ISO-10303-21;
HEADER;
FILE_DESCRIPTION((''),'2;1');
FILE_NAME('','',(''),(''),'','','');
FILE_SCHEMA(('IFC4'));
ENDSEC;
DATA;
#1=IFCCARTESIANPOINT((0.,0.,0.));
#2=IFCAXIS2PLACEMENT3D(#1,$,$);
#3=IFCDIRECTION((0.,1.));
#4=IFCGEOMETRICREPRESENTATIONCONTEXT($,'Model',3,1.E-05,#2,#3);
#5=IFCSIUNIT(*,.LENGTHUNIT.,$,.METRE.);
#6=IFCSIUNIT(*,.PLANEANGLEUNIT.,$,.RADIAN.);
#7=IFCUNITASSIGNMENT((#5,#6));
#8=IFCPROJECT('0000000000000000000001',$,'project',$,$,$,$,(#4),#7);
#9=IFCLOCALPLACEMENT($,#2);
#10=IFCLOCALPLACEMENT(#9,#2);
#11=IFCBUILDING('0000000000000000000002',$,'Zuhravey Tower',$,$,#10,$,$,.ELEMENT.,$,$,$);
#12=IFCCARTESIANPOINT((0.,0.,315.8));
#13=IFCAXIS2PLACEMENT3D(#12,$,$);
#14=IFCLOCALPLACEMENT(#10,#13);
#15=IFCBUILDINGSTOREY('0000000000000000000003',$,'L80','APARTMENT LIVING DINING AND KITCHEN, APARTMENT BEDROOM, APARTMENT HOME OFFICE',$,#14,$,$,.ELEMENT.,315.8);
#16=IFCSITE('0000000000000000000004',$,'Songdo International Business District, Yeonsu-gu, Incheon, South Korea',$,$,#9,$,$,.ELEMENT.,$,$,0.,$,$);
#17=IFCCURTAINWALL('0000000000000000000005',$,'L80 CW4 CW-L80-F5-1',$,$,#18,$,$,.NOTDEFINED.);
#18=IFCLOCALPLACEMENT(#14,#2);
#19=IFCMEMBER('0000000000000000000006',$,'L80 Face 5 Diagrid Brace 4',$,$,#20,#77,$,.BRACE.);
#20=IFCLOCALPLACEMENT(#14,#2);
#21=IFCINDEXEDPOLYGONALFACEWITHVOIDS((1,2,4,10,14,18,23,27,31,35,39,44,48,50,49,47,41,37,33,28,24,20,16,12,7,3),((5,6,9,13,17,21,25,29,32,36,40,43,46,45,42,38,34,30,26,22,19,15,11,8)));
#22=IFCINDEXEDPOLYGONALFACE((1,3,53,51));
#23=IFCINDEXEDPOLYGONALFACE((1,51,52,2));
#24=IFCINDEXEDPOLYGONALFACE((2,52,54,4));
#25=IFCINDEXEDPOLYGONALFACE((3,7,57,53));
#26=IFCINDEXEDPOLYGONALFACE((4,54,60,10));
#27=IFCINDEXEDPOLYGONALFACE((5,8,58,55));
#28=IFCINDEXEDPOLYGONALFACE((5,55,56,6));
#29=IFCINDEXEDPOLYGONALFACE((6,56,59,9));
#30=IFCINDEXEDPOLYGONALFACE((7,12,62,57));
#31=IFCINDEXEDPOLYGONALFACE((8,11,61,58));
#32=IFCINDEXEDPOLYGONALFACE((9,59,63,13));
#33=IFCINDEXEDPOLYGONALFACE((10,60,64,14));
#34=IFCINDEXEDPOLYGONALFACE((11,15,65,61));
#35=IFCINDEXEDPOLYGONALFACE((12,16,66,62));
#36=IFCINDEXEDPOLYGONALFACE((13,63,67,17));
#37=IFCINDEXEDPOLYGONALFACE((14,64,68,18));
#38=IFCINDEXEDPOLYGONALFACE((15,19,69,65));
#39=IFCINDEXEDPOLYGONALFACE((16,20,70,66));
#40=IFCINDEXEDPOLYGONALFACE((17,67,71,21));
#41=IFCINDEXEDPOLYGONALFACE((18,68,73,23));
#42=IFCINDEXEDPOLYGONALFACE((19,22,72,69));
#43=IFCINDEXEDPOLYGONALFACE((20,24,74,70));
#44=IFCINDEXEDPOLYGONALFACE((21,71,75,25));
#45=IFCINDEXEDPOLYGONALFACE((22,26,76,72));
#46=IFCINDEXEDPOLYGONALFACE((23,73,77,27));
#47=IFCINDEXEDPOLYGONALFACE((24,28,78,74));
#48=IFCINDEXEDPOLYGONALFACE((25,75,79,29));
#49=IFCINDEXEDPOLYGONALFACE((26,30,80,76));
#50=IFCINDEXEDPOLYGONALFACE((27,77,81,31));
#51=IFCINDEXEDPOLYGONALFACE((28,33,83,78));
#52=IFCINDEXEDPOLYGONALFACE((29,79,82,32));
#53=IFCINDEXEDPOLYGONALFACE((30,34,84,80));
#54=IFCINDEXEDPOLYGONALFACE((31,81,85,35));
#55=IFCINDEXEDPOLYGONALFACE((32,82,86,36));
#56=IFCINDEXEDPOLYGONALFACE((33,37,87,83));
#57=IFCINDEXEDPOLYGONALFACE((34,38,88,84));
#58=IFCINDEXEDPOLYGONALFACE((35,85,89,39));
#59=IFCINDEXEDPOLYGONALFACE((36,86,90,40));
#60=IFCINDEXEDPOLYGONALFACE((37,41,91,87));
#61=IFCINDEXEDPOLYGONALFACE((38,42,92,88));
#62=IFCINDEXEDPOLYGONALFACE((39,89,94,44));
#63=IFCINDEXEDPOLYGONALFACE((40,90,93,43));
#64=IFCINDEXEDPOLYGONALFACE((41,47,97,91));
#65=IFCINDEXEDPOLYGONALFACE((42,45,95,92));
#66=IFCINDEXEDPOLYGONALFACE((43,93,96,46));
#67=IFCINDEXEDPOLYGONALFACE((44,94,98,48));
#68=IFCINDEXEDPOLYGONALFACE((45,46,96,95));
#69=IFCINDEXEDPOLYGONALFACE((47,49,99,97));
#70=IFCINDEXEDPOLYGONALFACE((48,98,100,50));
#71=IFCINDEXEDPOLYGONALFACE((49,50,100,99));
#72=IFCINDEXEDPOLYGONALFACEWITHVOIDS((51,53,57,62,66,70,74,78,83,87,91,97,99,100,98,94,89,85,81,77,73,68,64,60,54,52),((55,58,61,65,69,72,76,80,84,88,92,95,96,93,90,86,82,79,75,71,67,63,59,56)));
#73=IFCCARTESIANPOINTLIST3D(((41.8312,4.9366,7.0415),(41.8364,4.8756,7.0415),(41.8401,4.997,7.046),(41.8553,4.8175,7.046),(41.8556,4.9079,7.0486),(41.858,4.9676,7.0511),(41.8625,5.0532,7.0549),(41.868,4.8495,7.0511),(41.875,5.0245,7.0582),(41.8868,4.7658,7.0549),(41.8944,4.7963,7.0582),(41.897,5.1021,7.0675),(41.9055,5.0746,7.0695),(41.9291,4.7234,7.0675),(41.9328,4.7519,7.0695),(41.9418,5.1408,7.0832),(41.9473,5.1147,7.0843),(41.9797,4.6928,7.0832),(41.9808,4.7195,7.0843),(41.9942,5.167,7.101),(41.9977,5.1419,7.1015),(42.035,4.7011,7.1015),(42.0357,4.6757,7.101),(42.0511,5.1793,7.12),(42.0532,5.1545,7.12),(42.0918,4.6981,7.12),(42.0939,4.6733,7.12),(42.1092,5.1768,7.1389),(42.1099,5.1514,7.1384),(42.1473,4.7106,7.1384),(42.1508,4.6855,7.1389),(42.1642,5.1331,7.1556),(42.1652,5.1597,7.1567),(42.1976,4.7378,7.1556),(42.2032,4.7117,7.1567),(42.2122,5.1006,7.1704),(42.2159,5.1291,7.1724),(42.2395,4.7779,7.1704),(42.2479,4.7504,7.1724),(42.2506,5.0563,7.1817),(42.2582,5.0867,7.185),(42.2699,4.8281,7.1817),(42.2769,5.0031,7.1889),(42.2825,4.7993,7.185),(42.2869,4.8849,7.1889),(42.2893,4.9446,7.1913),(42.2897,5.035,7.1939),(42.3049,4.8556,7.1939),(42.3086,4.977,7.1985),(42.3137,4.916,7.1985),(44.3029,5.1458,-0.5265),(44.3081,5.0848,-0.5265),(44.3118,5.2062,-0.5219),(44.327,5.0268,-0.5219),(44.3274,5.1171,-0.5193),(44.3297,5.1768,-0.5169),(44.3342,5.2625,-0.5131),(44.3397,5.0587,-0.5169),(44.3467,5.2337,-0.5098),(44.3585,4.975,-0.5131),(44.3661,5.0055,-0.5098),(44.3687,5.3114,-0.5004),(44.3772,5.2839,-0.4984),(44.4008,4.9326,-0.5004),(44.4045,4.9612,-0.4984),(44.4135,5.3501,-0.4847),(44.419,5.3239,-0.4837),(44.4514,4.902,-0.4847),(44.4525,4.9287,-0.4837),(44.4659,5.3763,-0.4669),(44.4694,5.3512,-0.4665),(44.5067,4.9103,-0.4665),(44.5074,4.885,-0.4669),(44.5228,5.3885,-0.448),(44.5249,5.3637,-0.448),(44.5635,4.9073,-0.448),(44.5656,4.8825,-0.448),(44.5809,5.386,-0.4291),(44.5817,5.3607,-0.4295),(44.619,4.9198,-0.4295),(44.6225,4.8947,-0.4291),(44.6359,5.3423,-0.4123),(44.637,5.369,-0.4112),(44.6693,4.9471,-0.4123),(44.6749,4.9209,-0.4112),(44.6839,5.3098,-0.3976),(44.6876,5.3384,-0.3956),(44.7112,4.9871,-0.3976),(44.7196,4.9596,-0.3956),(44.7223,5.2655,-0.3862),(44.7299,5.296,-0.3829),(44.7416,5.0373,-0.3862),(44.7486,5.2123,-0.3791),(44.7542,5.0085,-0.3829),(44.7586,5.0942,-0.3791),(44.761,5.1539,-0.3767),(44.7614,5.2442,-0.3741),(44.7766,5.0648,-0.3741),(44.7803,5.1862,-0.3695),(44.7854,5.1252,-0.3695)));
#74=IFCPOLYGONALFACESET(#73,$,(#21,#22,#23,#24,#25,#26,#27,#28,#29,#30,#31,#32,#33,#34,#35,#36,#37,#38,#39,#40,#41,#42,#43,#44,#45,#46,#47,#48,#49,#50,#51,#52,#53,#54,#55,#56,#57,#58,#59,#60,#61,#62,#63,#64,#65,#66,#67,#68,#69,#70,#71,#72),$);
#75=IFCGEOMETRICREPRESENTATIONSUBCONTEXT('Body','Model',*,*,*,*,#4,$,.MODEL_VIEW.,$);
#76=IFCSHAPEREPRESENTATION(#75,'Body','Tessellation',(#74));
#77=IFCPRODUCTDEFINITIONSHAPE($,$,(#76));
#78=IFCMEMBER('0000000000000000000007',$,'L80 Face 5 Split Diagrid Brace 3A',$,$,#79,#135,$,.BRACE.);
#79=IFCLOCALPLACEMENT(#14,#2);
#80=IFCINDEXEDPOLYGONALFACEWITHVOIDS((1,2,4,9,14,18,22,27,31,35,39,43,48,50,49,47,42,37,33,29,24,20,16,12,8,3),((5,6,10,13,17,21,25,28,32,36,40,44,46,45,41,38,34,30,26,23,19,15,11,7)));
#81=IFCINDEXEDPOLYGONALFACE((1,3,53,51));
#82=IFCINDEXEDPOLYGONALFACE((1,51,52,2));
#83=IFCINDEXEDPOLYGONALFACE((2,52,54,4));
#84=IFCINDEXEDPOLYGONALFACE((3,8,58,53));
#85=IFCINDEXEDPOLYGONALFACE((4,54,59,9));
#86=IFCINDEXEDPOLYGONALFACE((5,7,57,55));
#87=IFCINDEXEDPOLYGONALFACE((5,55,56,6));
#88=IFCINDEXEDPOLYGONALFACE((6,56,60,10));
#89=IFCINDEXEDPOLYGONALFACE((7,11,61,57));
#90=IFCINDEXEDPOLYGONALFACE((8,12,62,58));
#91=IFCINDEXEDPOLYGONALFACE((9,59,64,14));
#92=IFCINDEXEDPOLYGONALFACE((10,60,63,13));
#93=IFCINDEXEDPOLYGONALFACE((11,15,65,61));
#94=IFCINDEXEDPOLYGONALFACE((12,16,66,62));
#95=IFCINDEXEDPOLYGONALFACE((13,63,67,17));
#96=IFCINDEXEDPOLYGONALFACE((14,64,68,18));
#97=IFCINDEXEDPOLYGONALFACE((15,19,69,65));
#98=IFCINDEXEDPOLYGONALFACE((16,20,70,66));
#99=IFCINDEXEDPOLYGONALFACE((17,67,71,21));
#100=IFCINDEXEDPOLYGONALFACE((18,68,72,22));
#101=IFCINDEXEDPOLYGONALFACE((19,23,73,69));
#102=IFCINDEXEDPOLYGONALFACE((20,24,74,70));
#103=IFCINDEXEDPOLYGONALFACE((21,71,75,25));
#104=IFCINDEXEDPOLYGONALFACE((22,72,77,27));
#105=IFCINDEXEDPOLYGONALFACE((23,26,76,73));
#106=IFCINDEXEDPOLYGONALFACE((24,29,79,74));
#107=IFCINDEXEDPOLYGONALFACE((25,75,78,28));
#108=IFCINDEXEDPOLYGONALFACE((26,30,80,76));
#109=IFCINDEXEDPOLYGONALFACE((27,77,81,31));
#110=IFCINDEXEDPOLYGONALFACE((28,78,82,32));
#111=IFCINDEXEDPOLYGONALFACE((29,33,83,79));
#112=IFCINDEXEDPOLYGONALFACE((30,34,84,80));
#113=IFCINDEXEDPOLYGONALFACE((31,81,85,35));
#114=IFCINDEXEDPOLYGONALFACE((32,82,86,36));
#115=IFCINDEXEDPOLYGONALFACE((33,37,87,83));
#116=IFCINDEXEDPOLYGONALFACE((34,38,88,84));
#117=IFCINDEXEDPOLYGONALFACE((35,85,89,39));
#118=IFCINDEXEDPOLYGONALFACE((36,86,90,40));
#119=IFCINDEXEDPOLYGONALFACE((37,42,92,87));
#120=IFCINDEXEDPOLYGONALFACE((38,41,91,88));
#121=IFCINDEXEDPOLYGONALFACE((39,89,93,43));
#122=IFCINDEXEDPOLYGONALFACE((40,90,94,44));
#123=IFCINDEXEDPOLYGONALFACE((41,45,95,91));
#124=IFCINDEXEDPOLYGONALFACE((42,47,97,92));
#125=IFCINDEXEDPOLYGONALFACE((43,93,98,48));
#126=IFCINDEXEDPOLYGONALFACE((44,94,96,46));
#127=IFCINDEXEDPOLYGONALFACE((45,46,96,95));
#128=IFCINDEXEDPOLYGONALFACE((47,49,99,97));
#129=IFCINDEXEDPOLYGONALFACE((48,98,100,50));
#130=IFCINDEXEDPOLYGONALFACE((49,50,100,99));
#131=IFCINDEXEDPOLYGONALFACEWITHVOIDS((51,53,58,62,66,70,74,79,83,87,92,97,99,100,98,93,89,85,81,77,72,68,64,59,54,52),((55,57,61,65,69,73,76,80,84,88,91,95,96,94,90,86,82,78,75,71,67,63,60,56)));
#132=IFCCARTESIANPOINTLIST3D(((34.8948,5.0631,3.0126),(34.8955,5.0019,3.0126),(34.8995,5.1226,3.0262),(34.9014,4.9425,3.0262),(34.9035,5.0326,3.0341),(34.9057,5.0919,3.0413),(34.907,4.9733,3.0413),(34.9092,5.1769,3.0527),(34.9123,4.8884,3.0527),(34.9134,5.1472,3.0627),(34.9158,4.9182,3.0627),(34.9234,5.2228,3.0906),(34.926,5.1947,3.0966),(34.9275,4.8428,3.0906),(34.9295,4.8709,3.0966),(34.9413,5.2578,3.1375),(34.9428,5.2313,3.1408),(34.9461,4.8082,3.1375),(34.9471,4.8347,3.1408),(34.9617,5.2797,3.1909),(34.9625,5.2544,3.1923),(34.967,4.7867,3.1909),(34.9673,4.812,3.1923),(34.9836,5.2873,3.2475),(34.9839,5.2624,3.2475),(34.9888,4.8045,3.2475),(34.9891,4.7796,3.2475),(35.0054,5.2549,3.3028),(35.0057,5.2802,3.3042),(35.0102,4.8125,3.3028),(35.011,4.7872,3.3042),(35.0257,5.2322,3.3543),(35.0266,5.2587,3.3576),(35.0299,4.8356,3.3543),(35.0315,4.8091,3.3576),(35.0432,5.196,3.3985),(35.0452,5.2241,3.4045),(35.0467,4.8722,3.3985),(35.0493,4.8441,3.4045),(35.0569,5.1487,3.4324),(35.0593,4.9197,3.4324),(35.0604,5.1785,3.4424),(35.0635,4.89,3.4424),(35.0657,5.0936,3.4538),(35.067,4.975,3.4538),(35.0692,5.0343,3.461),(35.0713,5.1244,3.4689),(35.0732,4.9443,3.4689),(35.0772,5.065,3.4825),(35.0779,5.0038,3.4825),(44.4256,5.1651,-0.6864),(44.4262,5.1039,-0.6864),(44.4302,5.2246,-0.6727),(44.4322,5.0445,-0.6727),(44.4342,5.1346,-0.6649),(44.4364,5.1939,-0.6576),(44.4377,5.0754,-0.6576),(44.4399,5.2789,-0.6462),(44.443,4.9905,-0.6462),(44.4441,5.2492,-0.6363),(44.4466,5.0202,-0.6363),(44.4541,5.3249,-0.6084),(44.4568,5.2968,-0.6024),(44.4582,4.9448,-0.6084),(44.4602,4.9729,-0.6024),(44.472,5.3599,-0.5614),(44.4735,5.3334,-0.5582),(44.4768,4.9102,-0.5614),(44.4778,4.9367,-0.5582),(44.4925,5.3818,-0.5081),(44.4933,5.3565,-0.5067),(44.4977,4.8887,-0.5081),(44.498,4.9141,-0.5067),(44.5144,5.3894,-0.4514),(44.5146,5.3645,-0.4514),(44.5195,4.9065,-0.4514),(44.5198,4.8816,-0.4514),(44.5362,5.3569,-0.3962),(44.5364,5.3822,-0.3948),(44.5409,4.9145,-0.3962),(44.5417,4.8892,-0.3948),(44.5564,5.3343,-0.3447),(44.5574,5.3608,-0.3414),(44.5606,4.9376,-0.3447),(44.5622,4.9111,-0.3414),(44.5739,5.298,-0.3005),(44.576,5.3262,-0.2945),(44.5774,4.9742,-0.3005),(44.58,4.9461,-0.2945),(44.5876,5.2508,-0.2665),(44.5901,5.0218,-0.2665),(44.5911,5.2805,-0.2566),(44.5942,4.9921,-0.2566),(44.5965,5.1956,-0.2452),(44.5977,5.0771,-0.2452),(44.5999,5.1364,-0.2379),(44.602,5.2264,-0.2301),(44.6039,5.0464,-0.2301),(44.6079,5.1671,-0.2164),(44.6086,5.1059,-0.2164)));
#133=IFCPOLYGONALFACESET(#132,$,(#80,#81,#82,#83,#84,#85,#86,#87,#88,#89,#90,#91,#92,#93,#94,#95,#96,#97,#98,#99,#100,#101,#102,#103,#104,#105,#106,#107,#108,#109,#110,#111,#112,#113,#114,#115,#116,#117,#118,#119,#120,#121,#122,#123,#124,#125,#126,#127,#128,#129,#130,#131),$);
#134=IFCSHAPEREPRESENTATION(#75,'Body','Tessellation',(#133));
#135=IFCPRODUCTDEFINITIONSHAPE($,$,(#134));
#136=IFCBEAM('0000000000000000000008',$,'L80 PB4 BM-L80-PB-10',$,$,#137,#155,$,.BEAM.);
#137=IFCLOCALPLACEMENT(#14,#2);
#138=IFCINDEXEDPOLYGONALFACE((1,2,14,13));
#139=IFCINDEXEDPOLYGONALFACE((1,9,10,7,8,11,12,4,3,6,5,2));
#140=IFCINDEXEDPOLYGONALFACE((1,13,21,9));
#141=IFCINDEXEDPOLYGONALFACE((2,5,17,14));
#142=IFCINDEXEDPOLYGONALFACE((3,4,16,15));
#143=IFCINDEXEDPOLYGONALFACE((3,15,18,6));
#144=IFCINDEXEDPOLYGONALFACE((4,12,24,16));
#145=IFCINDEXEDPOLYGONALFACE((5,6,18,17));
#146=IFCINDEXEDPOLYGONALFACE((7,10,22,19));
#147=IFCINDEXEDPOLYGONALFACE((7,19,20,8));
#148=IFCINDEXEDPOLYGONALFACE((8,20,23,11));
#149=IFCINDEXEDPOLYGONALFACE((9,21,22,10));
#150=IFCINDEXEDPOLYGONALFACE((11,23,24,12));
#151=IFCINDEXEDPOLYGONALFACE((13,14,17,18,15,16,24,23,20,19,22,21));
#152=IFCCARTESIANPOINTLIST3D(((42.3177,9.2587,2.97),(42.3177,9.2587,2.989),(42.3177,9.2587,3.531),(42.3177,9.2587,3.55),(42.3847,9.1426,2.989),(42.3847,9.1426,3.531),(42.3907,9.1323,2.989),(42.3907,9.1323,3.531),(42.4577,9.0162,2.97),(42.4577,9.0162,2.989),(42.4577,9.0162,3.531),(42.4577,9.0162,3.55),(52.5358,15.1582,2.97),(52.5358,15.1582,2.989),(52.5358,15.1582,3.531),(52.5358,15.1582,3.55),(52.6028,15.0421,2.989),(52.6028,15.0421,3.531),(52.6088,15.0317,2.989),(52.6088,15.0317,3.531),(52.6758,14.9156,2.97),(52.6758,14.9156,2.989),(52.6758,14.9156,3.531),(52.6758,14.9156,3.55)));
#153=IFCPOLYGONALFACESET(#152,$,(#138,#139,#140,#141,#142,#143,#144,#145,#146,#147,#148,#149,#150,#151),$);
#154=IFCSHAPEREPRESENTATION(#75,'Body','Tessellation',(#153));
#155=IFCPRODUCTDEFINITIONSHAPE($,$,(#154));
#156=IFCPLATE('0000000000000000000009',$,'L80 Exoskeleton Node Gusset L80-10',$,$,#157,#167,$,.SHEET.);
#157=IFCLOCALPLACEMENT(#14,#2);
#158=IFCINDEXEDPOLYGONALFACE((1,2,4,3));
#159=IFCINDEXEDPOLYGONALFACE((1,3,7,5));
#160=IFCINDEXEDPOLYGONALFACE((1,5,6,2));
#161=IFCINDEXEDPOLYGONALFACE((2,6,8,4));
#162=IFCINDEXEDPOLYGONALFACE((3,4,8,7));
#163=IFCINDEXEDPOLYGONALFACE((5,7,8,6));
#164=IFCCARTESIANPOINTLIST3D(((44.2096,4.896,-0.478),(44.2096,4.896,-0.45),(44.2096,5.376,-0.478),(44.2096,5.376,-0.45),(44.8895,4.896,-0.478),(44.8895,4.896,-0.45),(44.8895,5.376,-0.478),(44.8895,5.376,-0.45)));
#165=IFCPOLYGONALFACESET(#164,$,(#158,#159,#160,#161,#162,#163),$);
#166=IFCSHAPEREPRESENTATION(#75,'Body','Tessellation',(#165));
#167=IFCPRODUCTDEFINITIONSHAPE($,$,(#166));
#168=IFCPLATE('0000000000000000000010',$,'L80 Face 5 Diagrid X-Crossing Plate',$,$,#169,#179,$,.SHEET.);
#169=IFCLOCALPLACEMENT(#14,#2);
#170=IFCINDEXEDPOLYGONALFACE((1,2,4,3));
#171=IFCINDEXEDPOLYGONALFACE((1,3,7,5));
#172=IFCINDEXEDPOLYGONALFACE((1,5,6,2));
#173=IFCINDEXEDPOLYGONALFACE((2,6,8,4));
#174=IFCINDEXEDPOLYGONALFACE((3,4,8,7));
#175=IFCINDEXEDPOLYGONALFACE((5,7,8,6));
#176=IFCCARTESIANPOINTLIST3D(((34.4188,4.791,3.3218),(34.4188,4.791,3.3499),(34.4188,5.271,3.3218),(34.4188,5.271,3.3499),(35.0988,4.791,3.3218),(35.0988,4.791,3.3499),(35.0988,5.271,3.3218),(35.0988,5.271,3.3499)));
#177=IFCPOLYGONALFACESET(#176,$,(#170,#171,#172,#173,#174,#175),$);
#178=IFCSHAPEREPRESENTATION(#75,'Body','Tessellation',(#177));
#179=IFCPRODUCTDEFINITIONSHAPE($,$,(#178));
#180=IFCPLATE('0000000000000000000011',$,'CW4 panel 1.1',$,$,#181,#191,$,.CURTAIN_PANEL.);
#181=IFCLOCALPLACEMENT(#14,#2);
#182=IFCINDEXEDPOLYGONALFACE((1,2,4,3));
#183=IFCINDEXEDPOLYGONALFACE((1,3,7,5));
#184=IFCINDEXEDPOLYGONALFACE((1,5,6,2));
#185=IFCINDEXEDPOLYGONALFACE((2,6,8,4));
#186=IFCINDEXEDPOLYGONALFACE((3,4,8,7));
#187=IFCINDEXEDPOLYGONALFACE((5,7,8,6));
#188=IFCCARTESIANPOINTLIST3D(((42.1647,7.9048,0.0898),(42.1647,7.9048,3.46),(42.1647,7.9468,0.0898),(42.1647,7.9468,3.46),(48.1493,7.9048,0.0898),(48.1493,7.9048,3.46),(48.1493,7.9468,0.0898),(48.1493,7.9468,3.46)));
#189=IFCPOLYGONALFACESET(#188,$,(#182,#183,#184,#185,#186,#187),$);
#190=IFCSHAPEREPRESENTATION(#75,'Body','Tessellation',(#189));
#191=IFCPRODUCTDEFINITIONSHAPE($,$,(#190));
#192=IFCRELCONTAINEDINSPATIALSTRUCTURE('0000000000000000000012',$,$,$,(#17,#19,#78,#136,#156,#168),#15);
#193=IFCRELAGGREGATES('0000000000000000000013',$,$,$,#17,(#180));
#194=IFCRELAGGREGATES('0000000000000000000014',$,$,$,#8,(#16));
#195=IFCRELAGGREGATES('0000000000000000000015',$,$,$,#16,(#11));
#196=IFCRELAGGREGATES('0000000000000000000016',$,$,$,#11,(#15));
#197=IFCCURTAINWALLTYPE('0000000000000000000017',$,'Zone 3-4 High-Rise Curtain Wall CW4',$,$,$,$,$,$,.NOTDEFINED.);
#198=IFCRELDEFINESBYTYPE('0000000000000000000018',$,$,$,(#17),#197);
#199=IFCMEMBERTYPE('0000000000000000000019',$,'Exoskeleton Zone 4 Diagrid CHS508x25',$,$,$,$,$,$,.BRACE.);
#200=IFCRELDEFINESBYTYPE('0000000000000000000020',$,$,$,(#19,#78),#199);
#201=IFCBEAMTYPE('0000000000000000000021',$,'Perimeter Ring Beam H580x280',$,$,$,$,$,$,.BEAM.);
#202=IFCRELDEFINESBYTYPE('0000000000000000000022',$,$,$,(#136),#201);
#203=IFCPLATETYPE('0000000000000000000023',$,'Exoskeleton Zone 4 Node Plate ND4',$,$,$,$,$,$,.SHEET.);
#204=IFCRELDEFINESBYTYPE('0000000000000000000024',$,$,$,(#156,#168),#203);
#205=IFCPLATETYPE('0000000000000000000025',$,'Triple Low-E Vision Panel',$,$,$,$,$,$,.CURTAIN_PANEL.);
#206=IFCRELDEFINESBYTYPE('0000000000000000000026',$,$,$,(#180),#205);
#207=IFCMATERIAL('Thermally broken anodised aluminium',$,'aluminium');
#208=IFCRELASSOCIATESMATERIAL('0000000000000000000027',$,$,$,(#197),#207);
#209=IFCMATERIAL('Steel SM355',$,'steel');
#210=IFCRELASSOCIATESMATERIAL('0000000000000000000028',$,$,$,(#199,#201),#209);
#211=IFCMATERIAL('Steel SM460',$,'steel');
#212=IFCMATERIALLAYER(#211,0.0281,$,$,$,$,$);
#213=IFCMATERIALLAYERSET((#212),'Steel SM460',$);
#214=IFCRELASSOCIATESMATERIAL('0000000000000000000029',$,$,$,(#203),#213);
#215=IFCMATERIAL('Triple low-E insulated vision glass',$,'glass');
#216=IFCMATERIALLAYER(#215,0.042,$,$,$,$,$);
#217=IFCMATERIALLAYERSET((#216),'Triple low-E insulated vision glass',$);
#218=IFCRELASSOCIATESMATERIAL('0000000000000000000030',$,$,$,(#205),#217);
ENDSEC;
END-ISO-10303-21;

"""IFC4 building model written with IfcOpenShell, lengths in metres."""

from ifc_helpers import new_model, si_unit, direction, frame, origin, origin_2d, place, context, subcontext, project, spatial, rectangle, hollow_circle, i_section, extrude, material, layer, layer_set, material_profile, profile_set, type_object, element, aggregate, save


model = new_model("IFC4")

# Units and contexts
model_context = context("Model", 3, precision=1e-05, world=origin(), true_north=direction((0.0, 1.0)))
body_context = subcontext(model_context, "Body", "Model", "MODEL_VIEW")
ifc_project = project(units=[si_unit("LENGTHUNIT", "METRE"), si_unit("PLANEANGLEUNIT", "RADIAN")], contexts=[model_context])

# Site, building, storey
site_placement = place(None, origin())
site = spatial("IfcSite", under=ifc_project, at=site_placement, Name="Songdo International Business District, Yeonsu-gu, Incheon, South Korea", CompositionType="ELEMENT", RefElevation=0.0)
building_placement = place(site_placement, origin())
building = spatial("IfcBuilding", under=site, at=building_placement, Name="Zuhravey Tower", CompositionType="ELEMENT")
storey_placement = place(building_placement, frame((0.0, 0.0, 315.8)))
storey = spatial("IfcBuildingStorey", under=building, at=storey_placement, Name="L80", Description="APARTMENT LIVING DINING AND KITCHEN, APARTMENT BEDROOM, APARTMENT HOME OFFICE", CompositionType="ELEMENT", Elevation=315.8)

# Curtain wall
ifc_material_1 = material(Name="Thermally broken anodised aluminium", Category="aluminium")
curtain_wall_type = type_object("IfcCurtainWallType", Name="Zone 3-4 High-Rise Curtain Wall CW4", PredefinedType="NOTDEFINED", material=ifc_material_1)
curtain_wall_placement = place(storey_placement, origin())
curtain_wall = element("IfcCurtainWall", 1, at=curtain_wall_placement, inside=storey, type_object=curtain_wall_type, Name="L80 CW4 CW-L80-F5-1", PredefinedType="NOTDEFINED")

# Members
ifc_material_2 = material(Name="Steel SM355", Category="steel")
ifc_material_profile_1 = material_profile(ifc_material_2, hollow_circle(Radius=0.2539, WallThickness=0.0249, at=origin_2d()), Name="CHS-508.0x25")
ifc_profile_set_1 = profile_set([ifc_material_profile_1], Name="Steel SM355")
member_type_1 = type_object("IfcMemberType", Name="Exoskeleton Zone 4 Diagrid CHS508x25", PredefinedType="BRACE", material=ifc_profile_set_1)
member_1_placement = place(storey_placement, frame((44.5442, 5.1355, -0.448), z_axis=(-0.310356, -0.026272, 0.950257), x_axis=(0.084349, -0.996436, 0.0)))
element("IfcMember", 2, at=member_1_placement, inside=storey, type_object=member_type_1, Name="L80 Face 5 Diagrid Brace 4", PredefinedType="BRACE", context=body_context, shape_type="SweptSolid", body=[
    extrude(hollow_circle(Radius=0.2539, WallThickness=0.0249, at=origin_2d()), origin(), (0.0, 0.0, 1.0), 7.9641),
])
member_2_placement = place(storey_placement, frame((44.5171, 5.1355, -0.4514), z_axis=(-0.932204, -0.009982, 0.361797), x_axis=(0.010707, -0.999943, 0.0)))
element("IfcMember", 3, at=member_2_placement, inside=storey, type_object=member_type_1, Name="L80 Face 5 Split Diagrid Brace 3A", PredefinedType="BRACE", context=body_context, shape_type="SweptSolid", body=[
    extrude(hollow_circle(Radius=0.2539, WallThickness=0.0249, at=origin_2d()), origin(), (0.0, 0.0, 1.0), 10.2239),
])

# Beam
ifc_material_profile_2 = material_profile(ifc_material_2, i_section(OverallWidth=0.28, OverallDepth=0.5801, WebThickness=0.012, FlangeThickness=0.019, at=origin_2d()), Name="H-580x280x12x19")
ifc_profile_set_2 = profile_set([ifc_material_profile_2], Name="Steel SM355")
beam_type = type_object("IfcBeamType", Name="Perimeter Ring Beam H580x280", PredefinedType="BEAM", material=ifc_profile_set_2)
beam_placement = place(storey_placement, frame((42.3877, 9.1375, 3.26), z_axis=(0.866024, 0.500002, 0.0), x_axis=(-0.500002, 0.866024, 0.0)))
element("IfcBeam", 4, at=beam_placement, inside=storey, type_object=beam_type, Name="L80 PB4 BM-L80-PB-10", PredefinedType="BEAM", context=body_context, shape_type="SweptSolid", body=[
    extrude(i_section(OverallWidth=0.28, OverallDepth=0.5801, WebThickness=0.012, FlangeThickness=0.019, at=origin_2d()), origin(), (0.0, 0.0, 1.0), 11.7988),
])

# Plates
ifc_material_3 = material(Name="Steel SM460", Category="steel")
ifc_layer_1 = layer(ifc_material_3, 0.0281)
ifc_layer_set_1 = layer_set([ifc_layer_1], Name="Steel SM460")
plate_type_1 = type_object("IfcPlateType", Name="Exoskeleton Zone 4 Node Plate ND4", PredefinedType="SHEET", material=ifc_layer_set_1)
for number, where, z_axis, x_axis, name in (
    (5, (44.5496, 5.136, -0.478), (0.0, 0.0, 1.0), (1.0, 0.0, 0.0), "L80 Exoskeleton Node Gusset L80-10"),
    (6, (34.7588, 5.031, 3.3218), (0.0, 0.0, 1.0), (1.0, 0.0, 0.0), "L80 Face 5 Diagrid X-Crossing Plate"),
):
    element("IfcPlate", number, at=place(storey_placement, frame(where, z_axis=z_axis, x_axis=x_axis)), inside=storey, type_object=plate_type_1, Name=name, PredefinedType="SHEET", context=body_context, shape_type="SweptSolid", body=[
        extrude(rectangle(XDim=0.6799, YDim=0.48, at=origin_2d()), origin(), (0.0, 0.0, 1.0), 0.0281),
    ])

# Plate
ifc_material_4 = material(Name="Triple low-E insulated vision glass", Category="glass")
ifc_layer_2 = layer(ifc_material_4, 0.042)
ifc_layer_set_2 = layer_set([ifc_layer_2], Name="Triple low-E insulated vision glass")
plate_type_2 = type_object("IfcPlateType", Name="Triple Low-E Vision Panel", PredefinedType="CURTAIN_PANEL", material=ifc_layer_set_2)
plate_1_placement = place(storey_placement, frame((45.157, 7.9258, 0.0898), z_axis=(0.0, 0.0, 1.0), x_axis=(-1.0, 0.0, 0.0)))
plate_1 = element("IfcPlate", 7, at=plate_1_placement, type_object=plate_type_2, Name="CW4 panel 1.1", PredefinedType="CURTAIN_PANEL", context=body_context, shape_type="SweptSolid", body=[
    extrude(rectangle(XDim=5.9846, YDim=0.042, at=origin_2d()), origin(), (0.0, 0.0, 1.0), 3.3701),
])
aggregate(curtain_wall, [plate_1])

save(model, "model.ifc")
